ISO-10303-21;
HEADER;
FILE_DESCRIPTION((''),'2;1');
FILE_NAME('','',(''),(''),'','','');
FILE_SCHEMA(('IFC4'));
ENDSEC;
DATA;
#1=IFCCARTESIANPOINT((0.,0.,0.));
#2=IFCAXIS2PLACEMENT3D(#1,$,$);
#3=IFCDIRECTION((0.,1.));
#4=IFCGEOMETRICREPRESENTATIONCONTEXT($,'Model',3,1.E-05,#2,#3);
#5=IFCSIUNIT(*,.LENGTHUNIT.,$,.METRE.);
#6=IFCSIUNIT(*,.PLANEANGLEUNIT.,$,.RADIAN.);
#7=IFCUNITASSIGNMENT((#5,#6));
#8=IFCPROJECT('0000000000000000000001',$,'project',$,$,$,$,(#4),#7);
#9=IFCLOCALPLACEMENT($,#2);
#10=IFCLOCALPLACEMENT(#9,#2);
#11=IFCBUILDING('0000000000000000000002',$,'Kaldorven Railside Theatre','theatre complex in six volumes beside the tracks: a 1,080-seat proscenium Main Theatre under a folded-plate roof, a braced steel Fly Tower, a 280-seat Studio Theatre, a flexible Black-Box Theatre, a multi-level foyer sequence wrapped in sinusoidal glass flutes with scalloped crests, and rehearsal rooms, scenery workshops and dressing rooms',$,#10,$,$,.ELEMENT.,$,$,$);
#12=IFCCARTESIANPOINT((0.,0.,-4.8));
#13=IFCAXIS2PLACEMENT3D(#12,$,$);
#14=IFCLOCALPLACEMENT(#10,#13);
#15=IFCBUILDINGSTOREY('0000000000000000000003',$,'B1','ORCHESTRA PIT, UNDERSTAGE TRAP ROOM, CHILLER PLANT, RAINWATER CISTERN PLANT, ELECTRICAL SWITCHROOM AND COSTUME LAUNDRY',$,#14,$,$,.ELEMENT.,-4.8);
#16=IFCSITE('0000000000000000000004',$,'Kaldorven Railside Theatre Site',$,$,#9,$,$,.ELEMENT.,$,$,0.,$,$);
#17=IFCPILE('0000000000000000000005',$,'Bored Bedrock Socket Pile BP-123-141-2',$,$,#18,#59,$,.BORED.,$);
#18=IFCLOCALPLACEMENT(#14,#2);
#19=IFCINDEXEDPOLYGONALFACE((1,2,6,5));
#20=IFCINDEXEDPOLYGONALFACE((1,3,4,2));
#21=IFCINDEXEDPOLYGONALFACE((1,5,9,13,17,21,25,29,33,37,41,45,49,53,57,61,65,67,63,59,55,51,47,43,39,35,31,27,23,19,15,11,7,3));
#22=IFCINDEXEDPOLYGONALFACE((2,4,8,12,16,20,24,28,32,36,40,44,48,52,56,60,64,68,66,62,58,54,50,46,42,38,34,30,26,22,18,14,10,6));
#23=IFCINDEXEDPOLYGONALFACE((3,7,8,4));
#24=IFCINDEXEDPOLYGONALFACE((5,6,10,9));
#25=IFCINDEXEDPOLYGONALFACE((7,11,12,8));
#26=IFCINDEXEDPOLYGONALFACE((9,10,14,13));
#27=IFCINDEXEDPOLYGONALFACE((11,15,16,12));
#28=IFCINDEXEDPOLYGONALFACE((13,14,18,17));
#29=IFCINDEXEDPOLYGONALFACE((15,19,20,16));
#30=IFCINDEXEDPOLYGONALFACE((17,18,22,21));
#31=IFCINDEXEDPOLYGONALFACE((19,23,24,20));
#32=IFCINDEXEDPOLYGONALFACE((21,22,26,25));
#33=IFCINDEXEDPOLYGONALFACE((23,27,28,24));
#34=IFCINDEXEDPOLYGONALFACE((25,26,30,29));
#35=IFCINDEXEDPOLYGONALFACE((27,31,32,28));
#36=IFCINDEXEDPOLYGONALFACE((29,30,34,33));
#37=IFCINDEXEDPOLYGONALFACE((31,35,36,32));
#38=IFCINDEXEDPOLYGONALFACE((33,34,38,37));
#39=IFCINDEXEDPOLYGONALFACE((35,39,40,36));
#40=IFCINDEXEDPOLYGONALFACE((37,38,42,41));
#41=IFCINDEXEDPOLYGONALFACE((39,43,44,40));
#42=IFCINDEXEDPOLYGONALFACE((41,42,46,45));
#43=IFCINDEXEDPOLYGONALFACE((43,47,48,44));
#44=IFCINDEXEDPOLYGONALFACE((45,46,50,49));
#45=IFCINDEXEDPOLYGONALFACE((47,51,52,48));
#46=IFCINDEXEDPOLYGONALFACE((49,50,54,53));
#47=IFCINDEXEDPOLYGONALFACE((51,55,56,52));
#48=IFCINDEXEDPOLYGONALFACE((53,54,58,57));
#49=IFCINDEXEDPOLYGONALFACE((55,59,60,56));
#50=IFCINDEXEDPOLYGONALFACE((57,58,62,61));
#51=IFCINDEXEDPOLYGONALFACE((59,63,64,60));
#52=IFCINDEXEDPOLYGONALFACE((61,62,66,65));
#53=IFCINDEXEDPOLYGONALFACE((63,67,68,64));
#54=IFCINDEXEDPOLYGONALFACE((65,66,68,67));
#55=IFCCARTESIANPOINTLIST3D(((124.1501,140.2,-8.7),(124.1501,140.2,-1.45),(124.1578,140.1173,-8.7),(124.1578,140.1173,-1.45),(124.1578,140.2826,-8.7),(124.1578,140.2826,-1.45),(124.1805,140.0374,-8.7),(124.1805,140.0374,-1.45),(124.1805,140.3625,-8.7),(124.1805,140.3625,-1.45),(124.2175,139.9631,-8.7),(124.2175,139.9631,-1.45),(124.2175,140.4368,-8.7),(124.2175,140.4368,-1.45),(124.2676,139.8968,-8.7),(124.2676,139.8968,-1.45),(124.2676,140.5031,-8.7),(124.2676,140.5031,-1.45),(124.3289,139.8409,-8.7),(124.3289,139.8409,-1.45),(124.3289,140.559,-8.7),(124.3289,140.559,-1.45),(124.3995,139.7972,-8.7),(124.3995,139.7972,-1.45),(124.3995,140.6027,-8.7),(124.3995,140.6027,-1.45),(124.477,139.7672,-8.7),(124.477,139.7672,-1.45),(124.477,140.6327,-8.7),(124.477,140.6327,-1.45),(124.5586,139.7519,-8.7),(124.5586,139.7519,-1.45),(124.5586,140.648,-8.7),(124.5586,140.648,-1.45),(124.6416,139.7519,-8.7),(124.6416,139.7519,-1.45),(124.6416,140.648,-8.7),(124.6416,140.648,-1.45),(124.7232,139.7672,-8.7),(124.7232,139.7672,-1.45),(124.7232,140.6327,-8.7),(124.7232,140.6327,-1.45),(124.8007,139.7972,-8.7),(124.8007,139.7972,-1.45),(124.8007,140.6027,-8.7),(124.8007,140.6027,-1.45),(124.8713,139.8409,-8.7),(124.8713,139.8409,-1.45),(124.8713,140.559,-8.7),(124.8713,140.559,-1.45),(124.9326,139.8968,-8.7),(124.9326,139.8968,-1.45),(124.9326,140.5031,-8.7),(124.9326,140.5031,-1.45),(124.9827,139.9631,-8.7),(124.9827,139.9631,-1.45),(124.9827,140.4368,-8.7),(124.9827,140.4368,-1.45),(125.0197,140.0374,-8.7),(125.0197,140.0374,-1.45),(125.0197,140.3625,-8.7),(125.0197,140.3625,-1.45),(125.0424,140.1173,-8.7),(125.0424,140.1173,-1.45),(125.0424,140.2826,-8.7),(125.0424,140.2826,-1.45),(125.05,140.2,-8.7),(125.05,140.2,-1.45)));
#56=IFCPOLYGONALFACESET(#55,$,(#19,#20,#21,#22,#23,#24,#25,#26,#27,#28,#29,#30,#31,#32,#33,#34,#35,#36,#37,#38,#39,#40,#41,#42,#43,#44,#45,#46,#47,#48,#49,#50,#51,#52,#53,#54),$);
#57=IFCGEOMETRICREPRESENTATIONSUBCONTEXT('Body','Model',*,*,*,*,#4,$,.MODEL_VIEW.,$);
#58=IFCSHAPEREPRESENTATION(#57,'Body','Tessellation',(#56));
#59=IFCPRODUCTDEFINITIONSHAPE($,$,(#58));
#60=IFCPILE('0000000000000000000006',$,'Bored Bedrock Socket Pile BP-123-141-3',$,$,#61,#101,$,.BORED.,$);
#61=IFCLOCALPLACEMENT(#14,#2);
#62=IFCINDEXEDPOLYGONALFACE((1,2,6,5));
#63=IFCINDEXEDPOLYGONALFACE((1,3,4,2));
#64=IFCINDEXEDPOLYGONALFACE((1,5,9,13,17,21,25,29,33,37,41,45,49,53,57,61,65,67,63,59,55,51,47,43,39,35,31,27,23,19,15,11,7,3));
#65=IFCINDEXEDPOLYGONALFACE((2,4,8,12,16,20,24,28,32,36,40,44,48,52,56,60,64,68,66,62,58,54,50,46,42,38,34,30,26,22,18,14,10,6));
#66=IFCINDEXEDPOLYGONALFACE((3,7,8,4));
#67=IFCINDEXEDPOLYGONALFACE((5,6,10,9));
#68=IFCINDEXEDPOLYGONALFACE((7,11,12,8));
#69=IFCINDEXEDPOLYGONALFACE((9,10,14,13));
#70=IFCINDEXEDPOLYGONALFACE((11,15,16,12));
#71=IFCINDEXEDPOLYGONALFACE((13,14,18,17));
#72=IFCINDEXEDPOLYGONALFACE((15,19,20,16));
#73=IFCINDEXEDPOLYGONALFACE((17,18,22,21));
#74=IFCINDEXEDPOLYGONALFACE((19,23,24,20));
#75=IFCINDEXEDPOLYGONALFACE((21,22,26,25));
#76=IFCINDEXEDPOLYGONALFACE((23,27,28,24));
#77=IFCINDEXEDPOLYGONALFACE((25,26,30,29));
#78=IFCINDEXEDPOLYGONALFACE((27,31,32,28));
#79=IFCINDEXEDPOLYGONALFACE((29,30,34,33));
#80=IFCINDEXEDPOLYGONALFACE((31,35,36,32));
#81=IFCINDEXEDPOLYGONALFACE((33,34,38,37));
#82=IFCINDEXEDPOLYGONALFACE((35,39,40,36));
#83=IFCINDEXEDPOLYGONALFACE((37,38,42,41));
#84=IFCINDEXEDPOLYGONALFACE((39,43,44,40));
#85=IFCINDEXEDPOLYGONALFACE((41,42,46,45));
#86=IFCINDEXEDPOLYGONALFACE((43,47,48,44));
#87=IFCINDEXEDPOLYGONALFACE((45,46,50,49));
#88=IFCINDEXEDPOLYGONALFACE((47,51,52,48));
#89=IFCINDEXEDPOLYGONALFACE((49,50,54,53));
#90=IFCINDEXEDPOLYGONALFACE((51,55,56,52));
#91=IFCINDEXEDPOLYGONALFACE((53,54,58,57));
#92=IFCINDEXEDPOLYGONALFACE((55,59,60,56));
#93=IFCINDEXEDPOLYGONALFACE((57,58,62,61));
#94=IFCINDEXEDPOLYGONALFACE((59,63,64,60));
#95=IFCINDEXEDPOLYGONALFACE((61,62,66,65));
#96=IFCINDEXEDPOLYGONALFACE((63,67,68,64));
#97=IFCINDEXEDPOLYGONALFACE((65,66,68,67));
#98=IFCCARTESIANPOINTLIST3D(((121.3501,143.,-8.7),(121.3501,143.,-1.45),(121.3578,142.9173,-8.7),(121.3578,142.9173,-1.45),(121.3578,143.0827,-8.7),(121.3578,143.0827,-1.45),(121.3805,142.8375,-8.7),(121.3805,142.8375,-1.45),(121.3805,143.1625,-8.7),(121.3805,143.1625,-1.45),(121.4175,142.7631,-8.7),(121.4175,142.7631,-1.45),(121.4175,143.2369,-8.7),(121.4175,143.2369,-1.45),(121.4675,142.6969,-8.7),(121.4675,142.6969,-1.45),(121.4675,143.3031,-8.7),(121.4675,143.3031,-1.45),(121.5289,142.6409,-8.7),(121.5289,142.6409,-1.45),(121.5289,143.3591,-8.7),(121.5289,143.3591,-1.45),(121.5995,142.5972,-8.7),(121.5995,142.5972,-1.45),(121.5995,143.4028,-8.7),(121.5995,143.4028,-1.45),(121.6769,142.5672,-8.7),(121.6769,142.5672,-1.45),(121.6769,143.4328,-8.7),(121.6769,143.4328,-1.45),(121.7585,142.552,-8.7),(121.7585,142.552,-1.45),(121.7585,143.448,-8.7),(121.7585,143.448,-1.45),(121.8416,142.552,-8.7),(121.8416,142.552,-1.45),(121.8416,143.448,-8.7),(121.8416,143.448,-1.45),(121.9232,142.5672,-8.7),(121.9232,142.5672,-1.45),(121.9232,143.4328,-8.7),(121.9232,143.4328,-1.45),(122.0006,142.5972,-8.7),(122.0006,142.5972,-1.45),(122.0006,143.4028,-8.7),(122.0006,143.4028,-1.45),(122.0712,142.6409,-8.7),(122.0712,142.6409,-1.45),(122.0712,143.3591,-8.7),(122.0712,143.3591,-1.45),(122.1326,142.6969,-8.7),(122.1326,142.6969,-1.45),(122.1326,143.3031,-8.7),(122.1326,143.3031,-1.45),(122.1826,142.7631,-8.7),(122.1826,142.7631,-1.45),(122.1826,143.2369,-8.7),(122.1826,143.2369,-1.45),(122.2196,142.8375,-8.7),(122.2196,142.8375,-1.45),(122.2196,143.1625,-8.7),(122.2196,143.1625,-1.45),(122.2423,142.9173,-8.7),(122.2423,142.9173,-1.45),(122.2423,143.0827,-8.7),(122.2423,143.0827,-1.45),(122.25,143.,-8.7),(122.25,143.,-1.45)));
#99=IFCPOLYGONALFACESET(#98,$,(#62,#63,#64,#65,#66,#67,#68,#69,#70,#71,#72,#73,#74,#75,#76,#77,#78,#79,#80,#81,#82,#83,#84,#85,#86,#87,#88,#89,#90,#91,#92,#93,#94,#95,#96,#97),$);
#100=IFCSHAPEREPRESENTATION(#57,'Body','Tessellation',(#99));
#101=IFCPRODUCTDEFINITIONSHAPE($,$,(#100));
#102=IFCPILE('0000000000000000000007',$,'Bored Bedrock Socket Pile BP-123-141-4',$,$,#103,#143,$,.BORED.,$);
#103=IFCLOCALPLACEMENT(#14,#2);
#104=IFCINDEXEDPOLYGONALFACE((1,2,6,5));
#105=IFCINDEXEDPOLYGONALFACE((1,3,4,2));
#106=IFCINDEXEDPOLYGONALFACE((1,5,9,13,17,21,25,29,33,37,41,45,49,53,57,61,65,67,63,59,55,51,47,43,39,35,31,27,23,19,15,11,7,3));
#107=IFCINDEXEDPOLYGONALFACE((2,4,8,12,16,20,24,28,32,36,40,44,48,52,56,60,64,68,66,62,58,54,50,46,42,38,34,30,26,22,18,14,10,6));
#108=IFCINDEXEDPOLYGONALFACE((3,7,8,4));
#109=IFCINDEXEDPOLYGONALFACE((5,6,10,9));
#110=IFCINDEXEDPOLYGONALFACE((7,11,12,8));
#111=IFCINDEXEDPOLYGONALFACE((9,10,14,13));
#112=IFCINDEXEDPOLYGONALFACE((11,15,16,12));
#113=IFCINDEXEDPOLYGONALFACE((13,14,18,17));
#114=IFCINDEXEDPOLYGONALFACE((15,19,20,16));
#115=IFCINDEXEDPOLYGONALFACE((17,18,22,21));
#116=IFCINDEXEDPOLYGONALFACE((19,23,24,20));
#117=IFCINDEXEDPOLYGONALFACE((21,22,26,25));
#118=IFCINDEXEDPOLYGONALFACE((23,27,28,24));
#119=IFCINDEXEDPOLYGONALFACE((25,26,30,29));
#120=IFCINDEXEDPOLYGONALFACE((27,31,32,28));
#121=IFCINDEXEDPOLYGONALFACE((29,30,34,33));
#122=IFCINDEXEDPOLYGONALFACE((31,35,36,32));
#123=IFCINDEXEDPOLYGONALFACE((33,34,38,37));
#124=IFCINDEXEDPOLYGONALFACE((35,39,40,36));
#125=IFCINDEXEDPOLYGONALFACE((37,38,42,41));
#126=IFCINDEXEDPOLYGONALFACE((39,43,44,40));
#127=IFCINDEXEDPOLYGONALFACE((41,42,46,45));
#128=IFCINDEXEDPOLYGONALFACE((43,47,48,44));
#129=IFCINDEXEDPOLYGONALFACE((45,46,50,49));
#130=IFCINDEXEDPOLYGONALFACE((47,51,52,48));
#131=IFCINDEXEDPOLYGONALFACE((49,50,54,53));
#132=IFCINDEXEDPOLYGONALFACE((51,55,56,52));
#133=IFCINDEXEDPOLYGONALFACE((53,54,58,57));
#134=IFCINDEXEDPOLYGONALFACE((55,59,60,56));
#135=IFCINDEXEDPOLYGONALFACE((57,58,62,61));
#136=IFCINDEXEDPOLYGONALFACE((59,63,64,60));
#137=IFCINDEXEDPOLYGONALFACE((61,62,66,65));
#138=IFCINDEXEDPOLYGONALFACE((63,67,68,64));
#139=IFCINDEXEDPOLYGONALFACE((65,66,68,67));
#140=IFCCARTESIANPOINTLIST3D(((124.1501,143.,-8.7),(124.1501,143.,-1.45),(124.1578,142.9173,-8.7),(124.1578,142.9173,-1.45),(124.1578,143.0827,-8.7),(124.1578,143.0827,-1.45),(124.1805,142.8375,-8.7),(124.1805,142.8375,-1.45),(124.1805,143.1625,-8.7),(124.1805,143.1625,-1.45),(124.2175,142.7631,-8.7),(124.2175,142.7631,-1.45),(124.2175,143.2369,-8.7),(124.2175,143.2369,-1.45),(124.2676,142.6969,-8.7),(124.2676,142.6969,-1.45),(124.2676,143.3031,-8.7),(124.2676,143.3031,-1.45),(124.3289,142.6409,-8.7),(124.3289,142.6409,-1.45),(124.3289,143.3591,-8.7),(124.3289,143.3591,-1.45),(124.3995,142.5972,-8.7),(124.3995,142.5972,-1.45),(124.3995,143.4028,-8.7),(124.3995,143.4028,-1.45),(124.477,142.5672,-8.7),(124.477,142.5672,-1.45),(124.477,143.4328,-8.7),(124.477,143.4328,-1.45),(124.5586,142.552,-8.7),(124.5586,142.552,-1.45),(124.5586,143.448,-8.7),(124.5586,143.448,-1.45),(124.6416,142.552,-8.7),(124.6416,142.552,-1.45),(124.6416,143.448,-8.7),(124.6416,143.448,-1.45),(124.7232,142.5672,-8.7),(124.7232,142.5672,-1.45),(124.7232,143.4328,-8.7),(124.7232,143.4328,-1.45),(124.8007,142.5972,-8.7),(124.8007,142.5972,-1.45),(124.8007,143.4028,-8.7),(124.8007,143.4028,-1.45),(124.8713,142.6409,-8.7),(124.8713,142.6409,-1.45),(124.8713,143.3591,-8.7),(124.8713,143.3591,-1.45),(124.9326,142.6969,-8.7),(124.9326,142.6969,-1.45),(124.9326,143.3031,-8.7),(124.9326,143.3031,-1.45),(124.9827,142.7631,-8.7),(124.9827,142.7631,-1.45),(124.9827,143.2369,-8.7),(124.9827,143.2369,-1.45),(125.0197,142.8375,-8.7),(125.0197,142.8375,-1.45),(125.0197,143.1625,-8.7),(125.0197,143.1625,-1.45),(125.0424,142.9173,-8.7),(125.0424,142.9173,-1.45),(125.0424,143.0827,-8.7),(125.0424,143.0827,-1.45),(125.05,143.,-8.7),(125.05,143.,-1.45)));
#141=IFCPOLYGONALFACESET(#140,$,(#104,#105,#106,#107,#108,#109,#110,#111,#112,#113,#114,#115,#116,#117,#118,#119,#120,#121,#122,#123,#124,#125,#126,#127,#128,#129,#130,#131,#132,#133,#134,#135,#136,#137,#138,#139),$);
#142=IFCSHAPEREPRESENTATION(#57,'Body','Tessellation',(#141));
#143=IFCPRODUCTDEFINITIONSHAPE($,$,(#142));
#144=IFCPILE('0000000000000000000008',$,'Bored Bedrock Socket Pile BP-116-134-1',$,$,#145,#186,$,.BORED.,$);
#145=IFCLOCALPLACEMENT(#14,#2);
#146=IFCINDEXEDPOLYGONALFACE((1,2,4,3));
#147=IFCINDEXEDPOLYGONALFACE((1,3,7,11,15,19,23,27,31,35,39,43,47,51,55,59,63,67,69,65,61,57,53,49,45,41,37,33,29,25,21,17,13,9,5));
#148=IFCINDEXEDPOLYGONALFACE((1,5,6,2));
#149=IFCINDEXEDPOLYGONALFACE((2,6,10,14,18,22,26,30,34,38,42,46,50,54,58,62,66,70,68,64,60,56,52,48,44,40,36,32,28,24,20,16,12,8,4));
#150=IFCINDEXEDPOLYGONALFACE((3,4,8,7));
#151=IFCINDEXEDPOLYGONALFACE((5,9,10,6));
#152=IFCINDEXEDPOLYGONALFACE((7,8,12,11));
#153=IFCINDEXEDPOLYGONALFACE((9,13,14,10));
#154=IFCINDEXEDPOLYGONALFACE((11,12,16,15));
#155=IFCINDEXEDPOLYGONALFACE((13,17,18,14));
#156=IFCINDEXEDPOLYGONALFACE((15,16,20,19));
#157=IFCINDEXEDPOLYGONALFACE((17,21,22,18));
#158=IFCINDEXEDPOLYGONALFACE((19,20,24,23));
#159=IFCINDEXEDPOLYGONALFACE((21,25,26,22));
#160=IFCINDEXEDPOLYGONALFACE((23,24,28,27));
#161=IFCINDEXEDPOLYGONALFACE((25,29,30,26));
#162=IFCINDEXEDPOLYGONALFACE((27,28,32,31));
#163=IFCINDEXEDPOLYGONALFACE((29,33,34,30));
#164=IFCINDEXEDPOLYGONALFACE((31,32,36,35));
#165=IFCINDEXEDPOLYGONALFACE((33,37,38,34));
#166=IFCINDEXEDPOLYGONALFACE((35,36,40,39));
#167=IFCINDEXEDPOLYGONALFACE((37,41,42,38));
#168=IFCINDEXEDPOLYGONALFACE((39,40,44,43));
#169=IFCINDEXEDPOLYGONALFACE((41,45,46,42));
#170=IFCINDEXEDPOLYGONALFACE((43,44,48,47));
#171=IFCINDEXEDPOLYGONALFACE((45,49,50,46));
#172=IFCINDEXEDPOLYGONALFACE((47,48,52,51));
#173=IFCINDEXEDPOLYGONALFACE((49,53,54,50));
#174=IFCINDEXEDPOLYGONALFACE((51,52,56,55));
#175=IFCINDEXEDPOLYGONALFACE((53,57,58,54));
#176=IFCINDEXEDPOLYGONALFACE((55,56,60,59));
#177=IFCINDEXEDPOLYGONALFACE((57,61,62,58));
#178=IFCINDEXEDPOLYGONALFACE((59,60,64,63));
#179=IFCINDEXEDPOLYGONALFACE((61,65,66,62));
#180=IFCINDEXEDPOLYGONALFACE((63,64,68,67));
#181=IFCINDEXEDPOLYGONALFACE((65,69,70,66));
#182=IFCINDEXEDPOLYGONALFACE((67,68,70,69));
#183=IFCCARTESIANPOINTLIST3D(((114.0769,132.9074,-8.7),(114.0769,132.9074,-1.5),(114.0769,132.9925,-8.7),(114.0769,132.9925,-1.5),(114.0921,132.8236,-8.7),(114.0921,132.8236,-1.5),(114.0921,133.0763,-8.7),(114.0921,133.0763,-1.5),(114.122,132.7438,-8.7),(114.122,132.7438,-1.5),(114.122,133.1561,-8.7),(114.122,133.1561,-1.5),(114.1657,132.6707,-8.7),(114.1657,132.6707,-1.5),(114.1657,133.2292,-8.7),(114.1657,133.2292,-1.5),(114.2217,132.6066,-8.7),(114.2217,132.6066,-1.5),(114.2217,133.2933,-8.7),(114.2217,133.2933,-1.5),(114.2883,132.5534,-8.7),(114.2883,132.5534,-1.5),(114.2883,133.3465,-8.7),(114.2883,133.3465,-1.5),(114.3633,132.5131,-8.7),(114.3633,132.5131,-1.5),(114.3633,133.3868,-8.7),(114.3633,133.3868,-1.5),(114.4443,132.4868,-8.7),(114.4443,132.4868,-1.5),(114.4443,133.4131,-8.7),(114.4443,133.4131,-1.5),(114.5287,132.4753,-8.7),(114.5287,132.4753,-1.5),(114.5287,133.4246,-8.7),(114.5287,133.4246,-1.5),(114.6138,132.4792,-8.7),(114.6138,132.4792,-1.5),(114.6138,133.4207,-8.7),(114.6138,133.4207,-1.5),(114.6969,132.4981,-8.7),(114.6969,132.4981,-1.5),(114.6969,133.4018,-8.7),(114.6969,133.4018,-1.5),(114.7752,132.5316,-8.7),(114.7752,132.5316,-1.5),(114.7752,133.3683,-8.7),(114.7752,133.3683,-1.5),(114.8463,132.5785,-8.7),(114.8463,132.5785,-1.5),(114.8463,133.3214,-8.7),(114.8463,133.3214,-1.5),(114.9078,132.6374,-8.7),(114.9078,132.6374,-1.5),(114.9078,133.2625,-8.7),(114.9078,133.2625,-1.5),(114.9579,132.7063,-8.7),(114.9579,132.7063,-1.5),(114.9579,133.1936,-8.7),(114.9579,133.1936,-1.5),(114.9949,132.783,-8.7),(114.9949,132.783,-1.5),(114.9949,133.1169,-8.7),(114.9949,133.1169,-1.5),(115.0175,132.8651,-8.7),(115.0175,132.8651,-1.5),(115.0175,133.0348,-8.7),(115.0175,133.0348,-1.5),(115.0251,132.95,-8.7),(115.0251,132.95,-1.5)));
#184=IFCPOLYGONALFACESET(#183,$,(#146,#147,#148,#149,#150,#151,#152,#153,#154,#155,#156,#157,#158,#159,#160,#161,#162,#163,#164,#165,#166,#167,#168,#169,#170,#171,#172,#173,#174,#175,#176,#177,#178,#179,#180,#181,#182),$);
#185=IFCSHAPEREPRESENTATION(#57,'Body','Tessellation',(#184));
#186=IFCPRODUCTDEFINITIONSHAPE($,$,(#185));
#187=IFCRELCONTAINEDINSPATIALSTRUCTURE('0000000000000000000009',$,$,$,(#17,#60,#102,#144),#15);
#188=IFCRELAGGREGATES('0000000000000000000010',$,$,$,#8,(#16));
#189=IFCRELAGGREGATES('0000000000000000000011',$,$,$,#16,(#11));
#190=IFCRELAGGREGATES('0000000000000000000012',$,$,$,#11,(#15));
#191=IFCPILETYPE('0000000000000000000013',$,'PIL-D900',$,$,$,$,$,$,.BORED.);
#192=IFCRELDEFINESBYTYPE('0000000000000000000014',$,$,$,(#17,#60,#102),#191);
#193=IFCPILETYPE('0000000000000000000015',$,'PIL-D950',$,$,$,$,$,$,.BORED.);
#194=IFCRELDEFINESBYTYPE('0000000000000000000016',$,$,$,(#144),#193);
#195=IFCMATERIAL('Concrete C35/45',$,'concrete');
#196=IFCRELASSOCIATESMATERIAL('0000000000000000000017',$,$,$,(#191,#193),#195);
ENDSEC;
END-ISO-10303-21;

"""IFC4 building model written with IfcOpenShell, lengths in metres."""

from ifc_helpers import new_model, si_unit, direction, frame, origin, origin_2d, place, context, subcontext, project, spatial, circle, extrude, material, material_profile, profile_set, type_object, element, save


model = new_model("IFC4")

# Units and contexts
model_context = context("Model", 3, precision=1e-05, world=origin(), true_north=direction((0.0, 1.0)))
body_context = subcontext(model_context, "Body", "Model", "MODEL_VIEW")
ifc_project = project(units=[si_unit("LENGTHUNIT", "METRE"), si_unit("PLANEANGLEUNIT", "RADIAN")], contexts=[model_context])

# Site, building, storey
site_placement = place(None, origin())
site = spatial("IfcSite", under=ifc_project, at=site_placement, Name="Kaldorven Railside Theatre Site", CompositionType="ELEMENT", RefElevation=0.0)
building_placement = place(site_placement, origin())
building = spatial("IfcBuilding", under=site, at=building_placement, Name="Kaldorven Railside Theatre", Description="theatre complex in six volumes beside the tracks: a 1,080-seat proscenium Main Theatre under a folded-plate roof, a braced steel Fly Tower, a 280-seat Studio Theatre, a flexible Black-Box Theatre, a multi-level foyer sequence wrapped in sinusoidal glass flutes with scalloped crests, and rehearsal rooms, scenery workshops and dressing rooms", CompositionType="ELEMENT")
storey_placement = place(building_placement, frame((0.0, 0.0, -4.8)))
storey = spatial("IfcBuildingStorey", under=building, at=storey_placement, Name="B1", Description="ORCHESTRA PIT, UNDERSTAGE TRAP ROOM, CHILLER PLANT, RAINWATER CISTERN PLANT, ELECTRICAL SWITCHROOM AND COSTUME LAUNDRY", CompositionType="ELEMENT", Elevation=-4.8)

# Piles
ifc_material_1 = material(Name="Concrete C35/45", Category="concrete")
ifc_material_profile_1 = material_profile(ifc_material_1, circle(Radius=0.45, at=origin_2d()), Name="BP D900")
ifc_profile_set_1 = profile_set([ifc_material_profile_1], Name="Concrete C35/45")
pile_type_1 = type_object("IfcPileType", Name="PIL-D900", PredefinedType="BORED", material=ifc_profile_set_1)
for number, where, z_axis, x_axis, name in (
    (1, (124.6001, 140.2, -1.45), (0.0, 0.0, -1.0), (1.0, 0.0, 0.0), "Bored Bedrock Socket Pile BP-123-141-2"),
    (2, (121.8, 143.0, -1.45), (0.0, 0.0, -1.0), (1.0, 0.0, 0.0), "Bored Bedrock Socket Pile BP-123-141-3"),
    (3, (124.6001, 143.0, -1.45), (0.0, 0.0, -1.0), (1.0, 0.0, 0.0), "Bored Bedrock Socket Pile BP-123-141-4"),
):
    element("IfcPile", number, at=place(storey_placement, frame(where, z_axis=z_axis, x_axis=x_axis)), inside=storey, type_object=pile_type_1, Name=name, PredefinedType="BORED", context=body_context, shape_type="SweptSolid", body=[
        extrude(circle(Radius=0.45, at=origin_2d()), origin(), (0.0, 0.0, 1.0), 7.25),
    ])
ifc_material_profile_2 = material_profile(ifc_material_1, circle(Radius=0.4751, at=origin_2d()), Name="BP D950")
ifc_profile_set_2 = profile_set([ifc_material_profile_2], Name="Concrete C35/45")
pile_type_2 = type_object("IfcPileType", Name="PIL-D950", PredefinedType="BORED", material=ifc_profile_set_2)
for number, where, z_axis, x_axis, name in (
    (4, (114.55, 132.95, -1.5), (0.0, 0.0, -1.0), (1.0, 0.0, 0.0), "Bored Bedrock Socket Pile BP-116-134-1"),
):
    element("IfcPile", number, at=place(storey_placement, frame(where, z_axis=z_axis, x_axis=x_axis)), inside=storey, type_object=pile_type_2, Name=name, PredefinedType="BORED", context=body_context, shape_type="SweptSolid", body=[
        extrude(circle(Radius=0.4751, at=origin_2d()), origin(), (0.0, 0.0, 1.0), 7.2),
    ])

save(model, "model.ifc")
